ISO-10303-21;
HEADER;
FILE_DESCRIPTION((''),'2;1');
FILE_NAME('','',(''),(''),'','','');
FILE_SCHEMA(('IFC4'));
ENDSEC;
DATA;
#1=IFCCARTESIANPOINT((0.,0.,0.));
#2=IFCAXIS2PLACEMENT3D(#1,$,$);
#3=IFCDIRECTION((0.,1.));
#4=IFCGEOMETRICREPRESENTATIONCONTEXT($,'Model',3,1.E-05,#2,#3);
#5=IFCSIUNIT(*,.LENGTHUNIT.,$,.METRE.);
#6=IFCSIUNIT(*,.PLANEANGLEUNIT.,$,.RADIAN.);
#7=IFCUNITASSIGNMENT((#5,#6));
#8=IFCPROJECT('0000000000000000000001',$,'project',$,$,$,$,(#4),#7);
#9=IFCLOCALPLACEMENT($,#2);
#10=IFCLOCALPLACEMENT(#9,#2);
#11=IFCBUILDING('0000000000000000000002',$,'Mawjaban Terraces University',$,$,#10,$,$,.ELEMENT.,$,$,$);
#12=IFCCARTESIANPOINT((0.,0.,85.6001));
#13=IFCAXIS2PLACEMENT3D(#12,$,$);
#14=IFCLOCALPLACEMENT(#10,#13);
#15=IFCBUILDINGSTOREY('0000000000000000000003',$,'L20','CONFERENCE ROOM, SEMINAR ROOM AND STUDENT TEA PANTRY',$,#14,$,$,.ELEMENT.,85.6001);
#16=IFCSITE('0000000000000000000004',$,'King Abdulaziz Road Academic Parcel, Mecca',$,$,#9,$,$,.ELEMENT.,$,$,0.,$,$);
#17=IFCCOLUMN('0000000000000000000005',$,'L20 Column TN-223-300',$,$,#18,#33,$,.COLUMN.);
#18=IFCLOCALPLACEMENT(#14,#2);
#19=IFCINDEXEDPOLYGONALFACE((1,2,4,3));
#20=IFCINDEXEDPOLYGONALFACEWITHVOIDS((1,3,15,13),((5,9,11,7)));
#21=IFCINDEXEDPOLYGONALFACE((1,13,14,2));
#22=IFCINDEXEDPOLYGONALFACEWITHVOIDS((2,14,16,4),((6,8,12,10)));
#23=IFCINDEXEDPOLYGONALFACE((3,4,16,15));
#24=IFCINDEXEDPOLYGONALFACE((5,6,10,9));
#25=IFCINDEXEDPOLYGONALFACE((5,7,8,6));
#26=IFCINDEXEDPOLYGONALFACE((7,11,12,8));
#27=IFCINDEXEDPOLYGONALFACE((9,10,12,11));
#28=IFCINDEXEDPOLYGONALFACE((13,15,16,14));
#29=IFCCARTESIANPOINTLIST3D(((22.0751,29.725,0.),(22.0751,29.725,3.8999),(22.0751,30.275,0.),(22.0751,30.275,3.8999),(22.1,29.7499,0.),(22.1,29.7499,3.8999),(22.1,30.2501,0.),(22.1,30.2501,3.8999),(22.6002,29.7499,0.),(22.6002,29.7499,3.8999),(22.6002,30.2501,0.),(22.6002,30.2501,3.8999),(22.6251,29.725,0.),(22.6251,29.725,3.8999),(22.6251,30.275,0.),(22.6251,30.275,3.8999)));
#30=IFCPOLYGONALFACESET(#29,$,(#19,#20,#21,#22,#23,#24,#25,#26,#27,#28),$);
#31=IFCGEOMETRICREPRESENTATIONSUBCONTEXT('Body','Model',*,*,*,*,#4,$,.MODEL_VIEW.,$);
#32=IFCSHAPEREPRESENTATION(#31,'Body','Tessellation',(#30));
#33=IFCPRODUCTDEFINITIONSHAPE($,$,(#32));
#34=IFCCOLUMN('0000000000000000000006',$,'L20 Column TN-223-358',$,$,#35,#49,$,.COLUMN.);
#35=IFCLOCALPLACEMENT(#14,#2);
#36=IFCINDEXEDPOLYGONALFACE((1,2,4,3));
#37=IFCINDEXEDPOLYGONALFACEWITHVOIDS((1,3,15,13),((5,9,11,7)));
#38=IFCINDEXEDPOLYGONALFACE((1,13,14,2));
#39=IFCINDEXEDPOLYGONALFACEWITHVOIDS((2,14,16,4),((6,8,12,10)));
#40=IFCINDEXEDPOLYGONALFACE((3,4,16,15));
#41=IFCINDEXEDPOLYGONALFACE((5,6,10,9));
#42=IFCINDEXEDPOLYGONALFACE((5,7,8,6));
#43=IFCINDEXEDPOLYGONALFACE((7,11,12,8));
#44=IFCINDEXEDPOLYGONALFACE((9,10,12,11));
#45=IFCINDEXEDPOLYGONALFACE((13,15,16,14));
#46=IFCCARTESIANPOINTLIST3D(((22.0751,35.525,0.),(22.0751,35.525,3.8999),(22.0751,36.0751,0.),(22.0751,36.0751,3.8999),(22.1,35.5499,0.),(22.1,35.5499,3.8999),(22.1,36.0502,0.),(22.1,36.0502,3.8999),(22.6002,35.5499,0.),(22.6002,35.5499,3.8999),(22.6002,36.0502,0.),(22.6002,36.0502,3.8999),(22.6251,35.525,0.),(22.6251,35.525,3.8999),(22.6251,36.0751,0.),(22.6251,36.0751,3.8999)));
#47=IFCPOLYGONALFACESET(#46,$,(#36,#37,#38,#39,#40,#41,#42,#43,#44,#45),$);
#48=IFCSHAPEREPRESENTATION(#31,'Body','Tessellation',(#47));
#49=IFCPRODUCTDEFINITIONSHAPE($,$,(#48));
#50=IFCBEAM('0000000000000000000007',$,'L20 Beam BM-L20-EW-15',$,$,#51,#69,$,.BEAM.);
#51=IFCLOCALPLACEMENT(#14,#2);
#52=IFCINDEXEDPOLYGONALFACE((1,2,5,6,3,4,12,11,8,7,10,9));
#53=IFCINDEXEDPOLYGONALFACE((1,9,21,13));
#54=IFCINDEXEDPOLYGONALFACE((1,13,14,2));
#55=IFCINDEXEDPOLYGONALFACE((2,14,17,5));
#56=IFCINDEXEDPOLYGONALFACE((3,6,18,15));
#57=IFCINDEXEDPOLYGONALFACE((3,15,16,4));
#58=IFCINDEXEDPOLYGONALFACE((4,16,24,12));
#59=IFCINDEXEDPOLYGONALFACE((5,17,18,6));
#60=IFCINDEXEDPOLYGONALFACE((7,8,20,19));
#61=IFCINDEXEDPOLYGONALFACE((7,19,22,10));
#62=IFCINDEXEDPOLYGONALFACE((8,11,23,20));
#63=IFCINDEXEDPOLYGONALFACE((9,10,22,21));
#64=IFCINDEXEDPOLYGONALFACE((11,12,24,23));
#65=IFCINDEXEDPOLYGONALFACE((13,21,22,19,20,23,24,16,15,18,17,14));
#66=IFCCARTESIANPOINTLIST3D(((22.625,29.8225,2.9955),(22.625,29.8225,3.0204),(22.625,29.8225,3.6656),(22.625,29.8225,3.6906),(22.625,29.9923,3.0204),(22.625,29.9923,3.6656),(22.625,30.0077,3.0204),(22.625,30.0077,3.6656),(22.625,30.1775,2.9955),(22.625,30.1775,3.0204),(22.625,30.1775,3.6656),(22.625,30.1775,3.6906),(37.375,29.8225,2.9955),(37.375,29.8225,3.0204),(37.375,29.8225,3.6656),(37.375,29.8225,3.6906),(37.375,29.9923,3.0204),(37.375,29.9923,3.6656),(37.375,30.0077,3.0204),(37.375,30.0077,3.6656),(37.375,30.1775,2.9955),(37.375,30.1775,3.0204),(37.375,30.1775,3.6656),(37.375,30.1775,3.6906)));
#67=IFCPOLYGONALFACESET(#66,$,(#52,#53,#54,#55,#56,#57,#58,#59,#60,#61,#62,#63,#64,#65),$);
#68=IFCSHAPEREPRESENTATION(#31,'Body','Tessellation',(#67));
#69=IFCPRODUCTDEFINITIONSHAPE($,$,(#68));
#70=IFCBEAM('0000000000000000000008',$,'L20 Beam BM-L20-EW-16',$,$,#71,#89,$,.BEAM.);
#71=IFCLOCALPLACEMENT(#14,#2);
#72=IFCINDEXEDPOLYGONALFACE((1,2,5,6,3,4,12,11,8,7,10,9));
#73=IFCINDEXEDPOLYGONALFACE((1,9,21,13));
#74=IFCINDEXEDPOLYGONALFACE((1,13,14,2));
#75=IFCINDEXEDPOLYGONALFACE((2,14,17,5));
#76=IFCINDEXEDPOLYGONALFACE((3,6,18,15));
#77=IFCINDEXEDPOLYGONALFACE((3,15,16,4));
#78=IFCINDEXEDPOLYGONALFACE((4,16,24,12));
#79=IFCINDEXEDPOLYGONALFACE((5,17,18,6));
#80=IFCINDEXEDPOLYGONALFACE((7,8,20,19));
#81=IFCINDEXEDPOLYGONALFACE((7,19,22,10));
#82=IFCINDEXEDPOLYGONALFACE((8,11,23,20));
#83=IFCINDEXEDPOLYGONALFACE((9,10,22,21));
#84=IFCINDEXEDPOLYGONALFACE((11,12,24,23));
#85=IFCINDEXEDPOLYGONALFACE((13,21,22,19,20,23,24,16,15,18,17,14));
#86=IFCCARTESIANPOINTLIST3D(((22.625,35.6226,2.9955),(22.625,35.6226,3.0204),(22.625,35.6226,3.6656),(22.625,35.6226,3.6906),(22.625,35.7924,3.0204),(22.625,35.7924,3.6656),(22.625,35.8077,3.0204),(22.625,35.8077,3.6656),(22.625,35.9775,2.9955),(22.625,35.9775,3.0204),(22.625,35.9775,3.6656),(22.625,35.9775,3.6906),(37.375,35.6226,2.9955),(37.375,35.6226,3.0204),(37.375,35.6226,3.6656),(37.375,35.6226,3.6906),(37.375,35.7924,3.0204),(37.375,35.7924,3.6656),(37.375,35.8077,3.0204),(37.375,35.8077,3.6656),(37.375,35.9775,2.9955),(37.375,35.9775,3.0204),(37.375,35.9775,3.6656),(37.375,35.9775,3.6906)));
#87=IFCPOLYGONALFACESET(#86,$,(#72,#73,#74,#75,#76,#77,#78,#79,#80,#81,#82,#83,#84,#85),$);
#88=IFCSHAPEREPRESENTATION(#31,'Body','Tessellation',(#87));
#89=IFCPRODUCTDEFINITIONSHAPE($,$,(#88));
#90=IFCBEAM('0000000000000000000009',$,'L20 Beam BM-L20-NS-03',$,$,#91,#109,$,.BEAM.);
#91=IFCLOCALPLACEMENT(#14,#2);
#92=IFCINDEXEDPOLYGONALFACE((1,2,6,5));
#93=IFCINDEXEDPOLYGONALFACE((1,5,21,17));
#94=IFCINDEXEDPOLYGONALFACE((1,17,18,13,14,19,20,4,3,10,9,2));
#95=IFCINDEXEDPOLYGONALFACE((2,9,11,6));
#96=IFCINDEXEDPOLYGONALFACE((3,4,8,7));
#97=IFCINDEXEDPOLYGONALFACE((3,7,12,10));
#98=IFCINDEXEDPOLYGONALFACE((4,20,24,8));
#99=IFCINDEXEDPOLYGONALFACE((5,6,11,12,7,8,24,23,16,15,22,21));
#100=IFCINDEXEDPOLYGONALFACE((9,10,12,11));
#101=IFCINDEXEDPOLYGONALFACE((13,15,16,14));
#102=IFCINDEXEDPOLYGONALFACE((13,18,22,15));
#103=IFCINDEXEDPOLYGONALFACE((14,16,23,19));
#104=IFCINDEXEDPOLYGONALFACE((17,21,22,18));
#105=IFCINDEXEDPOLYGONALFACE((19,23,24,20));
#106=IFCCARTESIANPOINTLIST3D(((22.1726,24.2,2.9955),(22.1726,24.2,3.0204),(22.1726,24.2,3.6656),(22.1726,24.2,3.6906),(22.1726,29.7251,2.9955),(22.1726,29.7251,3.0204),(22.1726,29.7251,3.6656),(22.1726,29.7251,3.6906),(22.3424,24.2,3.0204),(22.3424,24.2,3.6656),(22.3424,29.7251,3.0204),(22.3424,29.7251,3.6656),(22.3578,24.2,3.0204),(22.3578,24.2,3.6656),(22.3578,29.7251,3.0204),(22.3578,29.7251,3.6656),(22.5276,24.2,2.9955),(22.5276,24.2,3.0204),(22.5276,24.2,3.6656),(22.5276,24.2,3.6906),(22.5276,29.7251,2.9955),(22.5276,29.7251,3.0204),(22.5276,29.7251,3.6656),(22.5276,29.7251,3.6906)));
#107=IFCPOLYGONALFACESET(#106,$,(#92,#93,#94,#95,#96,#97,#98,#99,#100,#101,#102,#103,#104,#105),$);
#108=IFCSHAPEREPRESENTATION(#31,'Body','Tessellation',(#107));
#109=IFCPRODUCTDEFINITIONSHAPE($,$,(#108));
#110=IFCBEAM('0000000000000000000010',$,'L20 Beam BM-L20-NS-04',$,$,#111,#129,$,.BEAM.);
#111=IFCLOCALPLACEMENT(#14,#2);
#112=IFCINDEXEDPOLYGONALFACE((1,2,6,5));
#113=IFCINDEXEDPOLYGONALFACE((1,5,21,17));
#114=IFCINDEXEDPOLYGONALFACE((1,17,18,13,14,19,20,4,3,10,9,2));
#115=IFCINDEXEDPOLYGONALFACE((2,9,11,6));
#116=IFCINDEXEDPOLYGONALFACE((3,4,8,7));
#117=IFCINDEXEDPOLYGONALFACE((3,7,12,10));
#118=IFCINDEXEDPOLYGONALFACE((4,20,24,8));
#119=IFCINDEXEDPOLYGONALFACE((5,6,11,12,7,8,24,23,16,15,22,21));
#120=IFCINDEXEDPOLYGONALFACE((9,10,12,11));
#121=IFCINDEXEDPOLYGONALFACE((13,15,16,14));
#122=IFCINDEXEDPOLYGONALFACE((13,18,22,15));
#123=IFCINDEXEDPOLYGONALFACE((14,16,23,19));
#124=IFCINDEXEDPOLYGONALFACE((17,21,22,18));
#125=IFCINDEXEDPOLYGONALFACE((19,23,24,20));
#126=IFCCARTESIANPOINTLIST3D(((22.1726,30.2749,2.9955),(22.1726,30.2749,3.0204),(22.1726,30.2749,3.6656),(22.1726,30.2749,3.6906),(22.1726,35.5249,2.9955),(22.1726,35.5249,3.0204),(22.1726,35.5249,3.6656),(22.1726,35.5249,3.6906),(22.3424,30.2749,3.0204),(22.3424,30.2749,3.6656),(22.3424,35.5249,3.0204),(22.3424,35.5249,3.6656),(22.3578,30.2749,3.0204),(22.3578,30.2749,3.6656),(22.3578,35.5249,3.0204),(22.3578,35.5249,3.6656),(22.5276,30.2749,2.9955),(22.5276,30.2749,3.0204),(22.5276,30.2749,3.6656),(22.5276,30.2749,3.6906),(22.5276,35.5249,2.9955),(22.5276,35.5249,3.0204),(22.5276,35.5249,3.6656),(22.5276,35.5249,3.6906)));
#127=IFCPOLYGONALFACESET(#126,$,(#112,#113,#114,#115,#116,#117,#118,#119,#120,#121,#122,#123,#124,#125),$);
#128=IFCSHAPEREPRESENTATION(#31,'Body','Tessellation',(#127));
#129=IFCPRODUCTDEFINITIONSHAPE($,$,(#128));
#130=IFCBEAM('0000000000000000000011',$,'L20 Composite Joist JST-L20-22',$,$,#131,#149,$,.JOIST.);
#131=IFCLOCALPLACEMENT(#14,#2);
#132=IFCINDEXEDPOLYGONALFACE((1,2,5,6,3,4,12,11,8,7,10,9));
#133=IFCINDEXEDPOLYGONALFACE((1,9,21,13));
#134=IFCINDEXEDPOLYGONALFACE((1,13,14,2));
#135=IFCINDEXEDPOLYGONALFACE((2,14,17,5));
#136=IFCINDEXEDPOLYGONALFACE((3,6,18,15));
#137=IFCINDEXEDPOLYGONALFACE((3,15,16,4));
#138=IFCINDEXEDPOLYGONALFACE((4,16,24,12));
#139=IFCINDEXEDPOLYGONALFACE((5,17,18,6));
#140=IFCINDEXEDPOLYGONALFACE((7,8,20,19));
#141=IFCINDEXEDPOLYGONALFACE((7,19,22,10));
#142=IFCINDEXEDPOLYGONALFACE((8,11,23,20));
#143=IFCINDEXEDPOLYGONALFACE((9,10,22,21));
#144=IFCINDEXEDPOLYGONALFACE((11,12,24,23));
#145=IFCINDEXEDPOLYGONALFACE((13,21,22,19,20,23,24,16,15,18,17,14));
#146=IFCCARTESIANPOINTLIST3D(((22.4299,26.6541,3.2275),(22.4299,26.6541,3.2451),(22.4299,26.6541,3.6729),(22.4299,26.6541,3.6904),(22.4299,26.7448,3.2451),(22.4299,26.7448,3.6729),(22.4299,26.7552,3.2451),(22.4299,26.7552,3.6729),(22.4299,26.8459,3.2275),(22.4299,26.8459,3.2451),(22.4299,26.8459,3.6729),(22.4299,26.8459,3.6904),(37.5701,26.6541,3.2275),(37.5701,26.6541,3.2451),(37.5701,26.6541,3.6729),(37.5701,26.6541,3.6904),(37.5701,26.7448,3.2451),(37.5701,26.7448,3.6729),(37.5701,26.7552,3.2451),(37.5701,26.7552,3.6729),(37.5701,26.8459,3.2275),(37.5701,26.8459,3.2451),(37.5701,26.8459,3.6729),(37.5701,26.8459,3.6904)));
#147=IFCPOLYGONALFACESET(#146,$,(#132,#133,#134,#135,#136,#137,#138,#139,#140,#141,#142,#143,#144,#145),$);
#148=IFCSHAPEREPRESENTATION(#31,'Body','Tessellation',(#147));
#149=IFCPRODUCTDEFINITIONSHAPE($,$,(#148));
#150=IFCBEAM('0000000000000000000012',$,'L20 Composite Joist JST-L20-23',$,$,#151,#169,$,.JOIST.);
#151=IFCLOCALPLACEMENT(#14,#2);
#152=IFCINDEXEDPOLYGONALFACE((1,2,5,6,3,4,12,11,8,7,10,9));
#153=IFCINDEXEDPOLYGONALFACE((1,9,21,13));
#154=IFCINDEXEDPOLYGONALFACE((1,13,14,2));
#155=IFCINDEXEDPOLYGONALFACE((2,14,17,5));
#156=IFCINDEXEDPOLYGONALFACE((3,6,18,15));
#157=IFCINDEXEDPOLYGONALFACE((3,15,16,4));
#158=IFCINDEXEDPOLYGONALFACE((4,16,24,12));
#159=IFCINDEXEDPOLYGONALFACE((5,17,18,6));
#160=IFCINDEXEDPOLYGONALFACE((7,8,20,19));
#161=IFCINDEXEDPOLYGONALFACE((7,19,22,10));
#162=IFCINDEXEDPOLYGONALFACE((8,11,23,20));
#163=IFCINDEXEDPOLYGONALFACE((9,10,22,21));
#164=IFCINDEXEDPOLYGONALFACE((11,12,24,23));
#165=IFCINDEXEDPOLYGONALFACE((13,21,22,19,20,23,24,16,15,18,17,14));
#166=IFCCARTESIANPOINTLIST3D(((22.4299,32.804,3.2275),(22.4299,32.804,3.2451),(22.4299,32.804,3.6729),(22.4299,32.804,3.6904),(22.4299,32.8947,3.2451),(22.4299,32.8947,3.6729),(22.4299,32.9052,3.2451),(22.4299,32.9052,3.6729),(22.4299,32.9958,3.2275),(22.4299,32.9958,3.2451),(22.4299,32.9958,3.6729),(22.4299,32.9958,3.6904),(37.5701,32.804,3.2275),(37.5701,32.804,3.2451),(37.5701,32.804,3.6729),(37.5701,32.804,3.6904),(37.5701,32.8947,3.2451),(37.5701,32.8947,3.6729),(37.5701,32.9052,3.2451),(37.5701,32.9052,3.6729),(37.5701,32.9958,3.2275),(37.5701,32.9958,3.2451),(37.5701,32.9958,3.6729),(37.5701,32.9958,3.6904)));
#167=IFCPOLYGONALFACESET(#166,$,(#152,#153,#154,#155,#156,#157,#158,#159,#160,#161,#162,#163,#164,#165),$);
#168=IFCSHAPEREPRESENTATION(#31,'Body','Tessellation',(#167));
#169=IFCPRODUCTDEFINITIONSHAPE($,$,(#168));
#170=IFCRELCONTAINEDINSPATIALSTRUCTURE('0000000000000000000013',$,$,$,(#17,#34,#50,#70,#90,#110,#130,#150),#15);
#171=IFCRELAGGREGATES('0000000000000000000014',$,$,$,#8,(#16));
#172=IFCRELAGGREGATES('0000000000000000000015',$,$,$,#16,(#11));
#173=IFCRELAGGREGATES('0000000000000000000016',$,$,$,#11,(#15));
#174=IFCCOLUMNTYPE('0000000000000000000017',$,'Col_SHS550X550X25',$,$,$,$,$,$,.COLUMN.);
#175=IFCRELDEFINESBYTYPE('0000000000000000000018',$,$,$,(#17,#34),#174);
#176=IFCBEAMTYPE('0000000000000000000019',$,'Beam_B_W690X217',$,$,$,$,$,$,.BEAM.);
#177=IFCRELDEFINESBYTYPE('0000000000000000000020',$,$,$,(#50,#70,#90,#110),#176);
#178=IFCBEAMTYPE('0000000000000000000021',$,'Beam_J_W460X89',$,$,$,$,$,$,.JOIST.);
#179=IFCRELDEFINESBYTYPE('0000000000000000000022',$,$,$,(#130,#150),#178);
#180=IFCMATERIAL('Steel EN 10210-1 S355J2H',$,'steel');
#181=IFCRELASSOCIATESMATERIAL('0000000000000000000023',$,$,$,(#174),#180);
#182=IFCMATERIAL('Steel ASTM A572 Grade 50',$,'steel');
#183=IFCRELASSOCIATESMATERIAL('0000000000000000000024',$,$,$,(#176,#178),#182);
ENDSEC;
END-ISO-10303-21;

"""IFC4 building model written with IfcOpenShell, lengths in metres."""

from ifc_helpers import new_model, si_unit, direction, frame, origin, origin_2d, place, context, subcontext, project, spatial, hollow_rectangle, i_section, extrude, material, material_profile, profile_set, type_object, element, save


model = new_model("IFC4")

# Units and contexts
model_context = context("Model", 3, precision=1e-05, world=origin(), true_north=direction((0.0, 1.0)))
body_context = subcontext(model_context, "Body", "Model", "MODEL_VIEW")
ifc_project = project(units=[si_unit("LENGTHUNIT", "METRE"), si_unit("PLANEANGLEUNIT", "RADIAN")], contexts=[model_context])

# Site, building, storey
site_placement = place(None, origin())
site = spatial("IfcSite", under=ifc_project, at=site_placement, Name="King Abdulaziz Road Academic Parcel, Mecca", CompositionType="ELEMENT", RefElevation=0.0)
building_placement = place(site_placement, origin())
building = spatial("IfcBuilding", under=site, at=building_placement, Name="Mawjaban Terraces University", CompositionType="ELEMENT")
storey_placement = place(building_placement, frame((0.0, 0.0, 85.6001)))
storey = spatial("IfcBuildingStorey", under=building, at=storey_placement, Name="L20", Description="CONFERENCE ROOM, SEMINAR ROOM AND STUDENT TEA PANTRY", CompositionType="ELEMENT", Elevation=85.6001)

# Columns
ifc_material_1 = material(Name="Steel EN 10210-1 S355J2H", Category="steel")
ifc_material_profile_1 = material_profile(ifc_material_1, hollow_rectangle(XDim=0.55, YDim=0.55, WallThickness=0.0249, at=origin_2d()), Name="SHS550X550X25")
ifc_profile_set_1 = profile_set([ifc_material_profile_1], Name="Steel EN 10210-1 S355J2H")
column_type = type_object("IfcColumnType", Name="Col_SHS550X550X25", PredefinedType="COLUMN", material=ifc_profile_set_1)
for number, where, z_axis, x_axis, name in (
    (1, (22.3501, 30.0, 0.0), (0.0, 0.0, 1.0), (1.0, 0.0, 0.0), "L20 Column TN-223-300"),
    (2, (22.3501, 35.8, 0.0), (0.0, 0.0, 1.0), (1.0, 0.0, 0.0), "L20 Column TN-223-358"),
):
    element("IfcColumn", number, at=place(storey_placement, frame(where, z_axis=z_axis, x_axis=x_axis)), inside=storey, type_object=column_type, Name=name, PredefinedType="COLUMN", context=body_context, shape_type="SweptSolid", body=[
        extrude(hollow_rectangle(XDim=0.55, YDim=0.55, WallThickness=0.0249, at=origin_2d()), origin(), (0.0, 0.0, 1.0), 3.8999),
    ])

# Beams
ifc_material_2 = material(Name="Steel ASTM A572 Grade 50", Category="steel")
ifc_material_profile_2 = material_profile(ifc_material_2, i_section(OverallWidth=0.355, OverallDepth=0.6951, WebThickness=0.0154, FlangeThickness=0.0249, at=origin_2d()), Name="W690X217")
ifc_profile_set_2 = profile_set([ifc_material_profile_2], Name="Steel ASTM A572 Grade 50")
beam_type_1 = type_object("IfcBeamType", Name="Beam_B_W690X217", PredefinedType="BEAM", material=ifc_profile_set_2)
for number, where, z_axis, x_axis, name in (
    (3, (22.625, 30.0, 3.343), (1.0, 0.0, 0.0), (0.0, 1.0, 0.0), "L20 Beam BM-L20-EW-15"),
    (4, (22.625, 35.8, 3.343), (1.0, 0.0, 0.0), (0.0, 1.0, 0.0), "L20 Beam BM-L20-EW-16"),
):
    element("IfcBeam", number, at=place(storey_placement, frame(where, z_axis=z_axis, x_axis=x_axis)), inside=storey, type_object=beam_type_1, Name=name, PredefinedType="BEAM", context=body_context, shape_type="SweptSolid", body=[
        extrude(i_section(OverallWidth=0.355, OverallDepth=0.6951, WebThickness=0.0154, FlangeThickness=0.0249, at=origin_2d()), origin(), (0.0, 0.0, 1.0), 14.75),
    ])
beam_1_placement = place(storey_placement, frame((22.3501, 24.2, 3.343), z_axis=(0.0, 1.0, 0.0), x_axis=(-1.0, 0.0, 0.0)))
element("IfcBeam", 5, at=beam_1_placement, inside=storey, type_object=beam_type_1, Name="L20 Beam BM-L20-NS-03", PredefinedType="BEAM", context=body_context, shape_type="SweptSolid", body=[
    extrude(i_section(OverallWidth=0.355, OverallDepth=0.6951, WebThickness=0.0154, FlangeThickness=0.0249, at=origin_2d()), origin(), (0.0, 0.0, 1.0), 5.5251),
])
beam_2_placement = place(storey_placement, frame((22.3501, 30.2749, 3.343), z_axis=(0.0, 1.0, 0.0), x_axis=(-1.0, 0.0, 0.0)))
element("IfcBeam", 6, at=beam_2_placement, inside=storey, type_object=beam_type_1, Name="L20 Beam BM-L20-NS-04", PredefinedType="BEAM", context=body_context, shape_type="SweptSolid", body=[
    extrude(i_section(OverallWidth=0.355, OverallDepth=0.6951, WebThickness=0.0154, FlangeThickness=0.0249, at=origin_2d()), origin(), (0.0, 0.0, 1.0), 5.25),
])
ifc_material_profile_3 = material_profile(ifc_material_2, i_section(OverallWidth=0.1919, OverallDepth=0.4629, WebThickness=0.0105, FlangeThickness=0.0176, at=origin_2d()), Name="W460X89")
ifc_profile_set_3 = profile_set([ifc_material_profile_3], Name="Steel ASTM A572 Grade 50")
beam_type_2 = type_object("IfcBeamType", Name="Beam_J_W460X89", PredefinedType="JOIST", material=ifc_profile_set_3)
for number, where, z_axis, x_axis, name in (
    (7, (22.4299, 26.75, 3.459), (1.0, 0.0, 0.0), (0.0, 1.0, 0.0), "L20 Composite Joist JST-L20-22"),
    (8, (22.4299, 32.8999, 3.459), (1.0, 0.0, 0.0), (0.0, 1.0, 0.0), "L20 Composite Joist JST-L20-23"),
):
    element("IfcBeam", number, at=place(storey_placement, frame(where, z_axis=z_axis, x_axis=x_axis)), inside=storey, type_object=beam_type_2, Name=name, PredefinedType="JOIST", context=body_context, shape_type="SweptSolid", body=[
        extrude(i_section(OverallWidth=0.1919, OverallDepth=0.4629, WebThickness=0.0105, FlangeThickness=0.0176, at=origin_2d()), origin(), (0.0, 0.0, 1.0), 15.1401),
    ])

save(model, "model.ifc")
